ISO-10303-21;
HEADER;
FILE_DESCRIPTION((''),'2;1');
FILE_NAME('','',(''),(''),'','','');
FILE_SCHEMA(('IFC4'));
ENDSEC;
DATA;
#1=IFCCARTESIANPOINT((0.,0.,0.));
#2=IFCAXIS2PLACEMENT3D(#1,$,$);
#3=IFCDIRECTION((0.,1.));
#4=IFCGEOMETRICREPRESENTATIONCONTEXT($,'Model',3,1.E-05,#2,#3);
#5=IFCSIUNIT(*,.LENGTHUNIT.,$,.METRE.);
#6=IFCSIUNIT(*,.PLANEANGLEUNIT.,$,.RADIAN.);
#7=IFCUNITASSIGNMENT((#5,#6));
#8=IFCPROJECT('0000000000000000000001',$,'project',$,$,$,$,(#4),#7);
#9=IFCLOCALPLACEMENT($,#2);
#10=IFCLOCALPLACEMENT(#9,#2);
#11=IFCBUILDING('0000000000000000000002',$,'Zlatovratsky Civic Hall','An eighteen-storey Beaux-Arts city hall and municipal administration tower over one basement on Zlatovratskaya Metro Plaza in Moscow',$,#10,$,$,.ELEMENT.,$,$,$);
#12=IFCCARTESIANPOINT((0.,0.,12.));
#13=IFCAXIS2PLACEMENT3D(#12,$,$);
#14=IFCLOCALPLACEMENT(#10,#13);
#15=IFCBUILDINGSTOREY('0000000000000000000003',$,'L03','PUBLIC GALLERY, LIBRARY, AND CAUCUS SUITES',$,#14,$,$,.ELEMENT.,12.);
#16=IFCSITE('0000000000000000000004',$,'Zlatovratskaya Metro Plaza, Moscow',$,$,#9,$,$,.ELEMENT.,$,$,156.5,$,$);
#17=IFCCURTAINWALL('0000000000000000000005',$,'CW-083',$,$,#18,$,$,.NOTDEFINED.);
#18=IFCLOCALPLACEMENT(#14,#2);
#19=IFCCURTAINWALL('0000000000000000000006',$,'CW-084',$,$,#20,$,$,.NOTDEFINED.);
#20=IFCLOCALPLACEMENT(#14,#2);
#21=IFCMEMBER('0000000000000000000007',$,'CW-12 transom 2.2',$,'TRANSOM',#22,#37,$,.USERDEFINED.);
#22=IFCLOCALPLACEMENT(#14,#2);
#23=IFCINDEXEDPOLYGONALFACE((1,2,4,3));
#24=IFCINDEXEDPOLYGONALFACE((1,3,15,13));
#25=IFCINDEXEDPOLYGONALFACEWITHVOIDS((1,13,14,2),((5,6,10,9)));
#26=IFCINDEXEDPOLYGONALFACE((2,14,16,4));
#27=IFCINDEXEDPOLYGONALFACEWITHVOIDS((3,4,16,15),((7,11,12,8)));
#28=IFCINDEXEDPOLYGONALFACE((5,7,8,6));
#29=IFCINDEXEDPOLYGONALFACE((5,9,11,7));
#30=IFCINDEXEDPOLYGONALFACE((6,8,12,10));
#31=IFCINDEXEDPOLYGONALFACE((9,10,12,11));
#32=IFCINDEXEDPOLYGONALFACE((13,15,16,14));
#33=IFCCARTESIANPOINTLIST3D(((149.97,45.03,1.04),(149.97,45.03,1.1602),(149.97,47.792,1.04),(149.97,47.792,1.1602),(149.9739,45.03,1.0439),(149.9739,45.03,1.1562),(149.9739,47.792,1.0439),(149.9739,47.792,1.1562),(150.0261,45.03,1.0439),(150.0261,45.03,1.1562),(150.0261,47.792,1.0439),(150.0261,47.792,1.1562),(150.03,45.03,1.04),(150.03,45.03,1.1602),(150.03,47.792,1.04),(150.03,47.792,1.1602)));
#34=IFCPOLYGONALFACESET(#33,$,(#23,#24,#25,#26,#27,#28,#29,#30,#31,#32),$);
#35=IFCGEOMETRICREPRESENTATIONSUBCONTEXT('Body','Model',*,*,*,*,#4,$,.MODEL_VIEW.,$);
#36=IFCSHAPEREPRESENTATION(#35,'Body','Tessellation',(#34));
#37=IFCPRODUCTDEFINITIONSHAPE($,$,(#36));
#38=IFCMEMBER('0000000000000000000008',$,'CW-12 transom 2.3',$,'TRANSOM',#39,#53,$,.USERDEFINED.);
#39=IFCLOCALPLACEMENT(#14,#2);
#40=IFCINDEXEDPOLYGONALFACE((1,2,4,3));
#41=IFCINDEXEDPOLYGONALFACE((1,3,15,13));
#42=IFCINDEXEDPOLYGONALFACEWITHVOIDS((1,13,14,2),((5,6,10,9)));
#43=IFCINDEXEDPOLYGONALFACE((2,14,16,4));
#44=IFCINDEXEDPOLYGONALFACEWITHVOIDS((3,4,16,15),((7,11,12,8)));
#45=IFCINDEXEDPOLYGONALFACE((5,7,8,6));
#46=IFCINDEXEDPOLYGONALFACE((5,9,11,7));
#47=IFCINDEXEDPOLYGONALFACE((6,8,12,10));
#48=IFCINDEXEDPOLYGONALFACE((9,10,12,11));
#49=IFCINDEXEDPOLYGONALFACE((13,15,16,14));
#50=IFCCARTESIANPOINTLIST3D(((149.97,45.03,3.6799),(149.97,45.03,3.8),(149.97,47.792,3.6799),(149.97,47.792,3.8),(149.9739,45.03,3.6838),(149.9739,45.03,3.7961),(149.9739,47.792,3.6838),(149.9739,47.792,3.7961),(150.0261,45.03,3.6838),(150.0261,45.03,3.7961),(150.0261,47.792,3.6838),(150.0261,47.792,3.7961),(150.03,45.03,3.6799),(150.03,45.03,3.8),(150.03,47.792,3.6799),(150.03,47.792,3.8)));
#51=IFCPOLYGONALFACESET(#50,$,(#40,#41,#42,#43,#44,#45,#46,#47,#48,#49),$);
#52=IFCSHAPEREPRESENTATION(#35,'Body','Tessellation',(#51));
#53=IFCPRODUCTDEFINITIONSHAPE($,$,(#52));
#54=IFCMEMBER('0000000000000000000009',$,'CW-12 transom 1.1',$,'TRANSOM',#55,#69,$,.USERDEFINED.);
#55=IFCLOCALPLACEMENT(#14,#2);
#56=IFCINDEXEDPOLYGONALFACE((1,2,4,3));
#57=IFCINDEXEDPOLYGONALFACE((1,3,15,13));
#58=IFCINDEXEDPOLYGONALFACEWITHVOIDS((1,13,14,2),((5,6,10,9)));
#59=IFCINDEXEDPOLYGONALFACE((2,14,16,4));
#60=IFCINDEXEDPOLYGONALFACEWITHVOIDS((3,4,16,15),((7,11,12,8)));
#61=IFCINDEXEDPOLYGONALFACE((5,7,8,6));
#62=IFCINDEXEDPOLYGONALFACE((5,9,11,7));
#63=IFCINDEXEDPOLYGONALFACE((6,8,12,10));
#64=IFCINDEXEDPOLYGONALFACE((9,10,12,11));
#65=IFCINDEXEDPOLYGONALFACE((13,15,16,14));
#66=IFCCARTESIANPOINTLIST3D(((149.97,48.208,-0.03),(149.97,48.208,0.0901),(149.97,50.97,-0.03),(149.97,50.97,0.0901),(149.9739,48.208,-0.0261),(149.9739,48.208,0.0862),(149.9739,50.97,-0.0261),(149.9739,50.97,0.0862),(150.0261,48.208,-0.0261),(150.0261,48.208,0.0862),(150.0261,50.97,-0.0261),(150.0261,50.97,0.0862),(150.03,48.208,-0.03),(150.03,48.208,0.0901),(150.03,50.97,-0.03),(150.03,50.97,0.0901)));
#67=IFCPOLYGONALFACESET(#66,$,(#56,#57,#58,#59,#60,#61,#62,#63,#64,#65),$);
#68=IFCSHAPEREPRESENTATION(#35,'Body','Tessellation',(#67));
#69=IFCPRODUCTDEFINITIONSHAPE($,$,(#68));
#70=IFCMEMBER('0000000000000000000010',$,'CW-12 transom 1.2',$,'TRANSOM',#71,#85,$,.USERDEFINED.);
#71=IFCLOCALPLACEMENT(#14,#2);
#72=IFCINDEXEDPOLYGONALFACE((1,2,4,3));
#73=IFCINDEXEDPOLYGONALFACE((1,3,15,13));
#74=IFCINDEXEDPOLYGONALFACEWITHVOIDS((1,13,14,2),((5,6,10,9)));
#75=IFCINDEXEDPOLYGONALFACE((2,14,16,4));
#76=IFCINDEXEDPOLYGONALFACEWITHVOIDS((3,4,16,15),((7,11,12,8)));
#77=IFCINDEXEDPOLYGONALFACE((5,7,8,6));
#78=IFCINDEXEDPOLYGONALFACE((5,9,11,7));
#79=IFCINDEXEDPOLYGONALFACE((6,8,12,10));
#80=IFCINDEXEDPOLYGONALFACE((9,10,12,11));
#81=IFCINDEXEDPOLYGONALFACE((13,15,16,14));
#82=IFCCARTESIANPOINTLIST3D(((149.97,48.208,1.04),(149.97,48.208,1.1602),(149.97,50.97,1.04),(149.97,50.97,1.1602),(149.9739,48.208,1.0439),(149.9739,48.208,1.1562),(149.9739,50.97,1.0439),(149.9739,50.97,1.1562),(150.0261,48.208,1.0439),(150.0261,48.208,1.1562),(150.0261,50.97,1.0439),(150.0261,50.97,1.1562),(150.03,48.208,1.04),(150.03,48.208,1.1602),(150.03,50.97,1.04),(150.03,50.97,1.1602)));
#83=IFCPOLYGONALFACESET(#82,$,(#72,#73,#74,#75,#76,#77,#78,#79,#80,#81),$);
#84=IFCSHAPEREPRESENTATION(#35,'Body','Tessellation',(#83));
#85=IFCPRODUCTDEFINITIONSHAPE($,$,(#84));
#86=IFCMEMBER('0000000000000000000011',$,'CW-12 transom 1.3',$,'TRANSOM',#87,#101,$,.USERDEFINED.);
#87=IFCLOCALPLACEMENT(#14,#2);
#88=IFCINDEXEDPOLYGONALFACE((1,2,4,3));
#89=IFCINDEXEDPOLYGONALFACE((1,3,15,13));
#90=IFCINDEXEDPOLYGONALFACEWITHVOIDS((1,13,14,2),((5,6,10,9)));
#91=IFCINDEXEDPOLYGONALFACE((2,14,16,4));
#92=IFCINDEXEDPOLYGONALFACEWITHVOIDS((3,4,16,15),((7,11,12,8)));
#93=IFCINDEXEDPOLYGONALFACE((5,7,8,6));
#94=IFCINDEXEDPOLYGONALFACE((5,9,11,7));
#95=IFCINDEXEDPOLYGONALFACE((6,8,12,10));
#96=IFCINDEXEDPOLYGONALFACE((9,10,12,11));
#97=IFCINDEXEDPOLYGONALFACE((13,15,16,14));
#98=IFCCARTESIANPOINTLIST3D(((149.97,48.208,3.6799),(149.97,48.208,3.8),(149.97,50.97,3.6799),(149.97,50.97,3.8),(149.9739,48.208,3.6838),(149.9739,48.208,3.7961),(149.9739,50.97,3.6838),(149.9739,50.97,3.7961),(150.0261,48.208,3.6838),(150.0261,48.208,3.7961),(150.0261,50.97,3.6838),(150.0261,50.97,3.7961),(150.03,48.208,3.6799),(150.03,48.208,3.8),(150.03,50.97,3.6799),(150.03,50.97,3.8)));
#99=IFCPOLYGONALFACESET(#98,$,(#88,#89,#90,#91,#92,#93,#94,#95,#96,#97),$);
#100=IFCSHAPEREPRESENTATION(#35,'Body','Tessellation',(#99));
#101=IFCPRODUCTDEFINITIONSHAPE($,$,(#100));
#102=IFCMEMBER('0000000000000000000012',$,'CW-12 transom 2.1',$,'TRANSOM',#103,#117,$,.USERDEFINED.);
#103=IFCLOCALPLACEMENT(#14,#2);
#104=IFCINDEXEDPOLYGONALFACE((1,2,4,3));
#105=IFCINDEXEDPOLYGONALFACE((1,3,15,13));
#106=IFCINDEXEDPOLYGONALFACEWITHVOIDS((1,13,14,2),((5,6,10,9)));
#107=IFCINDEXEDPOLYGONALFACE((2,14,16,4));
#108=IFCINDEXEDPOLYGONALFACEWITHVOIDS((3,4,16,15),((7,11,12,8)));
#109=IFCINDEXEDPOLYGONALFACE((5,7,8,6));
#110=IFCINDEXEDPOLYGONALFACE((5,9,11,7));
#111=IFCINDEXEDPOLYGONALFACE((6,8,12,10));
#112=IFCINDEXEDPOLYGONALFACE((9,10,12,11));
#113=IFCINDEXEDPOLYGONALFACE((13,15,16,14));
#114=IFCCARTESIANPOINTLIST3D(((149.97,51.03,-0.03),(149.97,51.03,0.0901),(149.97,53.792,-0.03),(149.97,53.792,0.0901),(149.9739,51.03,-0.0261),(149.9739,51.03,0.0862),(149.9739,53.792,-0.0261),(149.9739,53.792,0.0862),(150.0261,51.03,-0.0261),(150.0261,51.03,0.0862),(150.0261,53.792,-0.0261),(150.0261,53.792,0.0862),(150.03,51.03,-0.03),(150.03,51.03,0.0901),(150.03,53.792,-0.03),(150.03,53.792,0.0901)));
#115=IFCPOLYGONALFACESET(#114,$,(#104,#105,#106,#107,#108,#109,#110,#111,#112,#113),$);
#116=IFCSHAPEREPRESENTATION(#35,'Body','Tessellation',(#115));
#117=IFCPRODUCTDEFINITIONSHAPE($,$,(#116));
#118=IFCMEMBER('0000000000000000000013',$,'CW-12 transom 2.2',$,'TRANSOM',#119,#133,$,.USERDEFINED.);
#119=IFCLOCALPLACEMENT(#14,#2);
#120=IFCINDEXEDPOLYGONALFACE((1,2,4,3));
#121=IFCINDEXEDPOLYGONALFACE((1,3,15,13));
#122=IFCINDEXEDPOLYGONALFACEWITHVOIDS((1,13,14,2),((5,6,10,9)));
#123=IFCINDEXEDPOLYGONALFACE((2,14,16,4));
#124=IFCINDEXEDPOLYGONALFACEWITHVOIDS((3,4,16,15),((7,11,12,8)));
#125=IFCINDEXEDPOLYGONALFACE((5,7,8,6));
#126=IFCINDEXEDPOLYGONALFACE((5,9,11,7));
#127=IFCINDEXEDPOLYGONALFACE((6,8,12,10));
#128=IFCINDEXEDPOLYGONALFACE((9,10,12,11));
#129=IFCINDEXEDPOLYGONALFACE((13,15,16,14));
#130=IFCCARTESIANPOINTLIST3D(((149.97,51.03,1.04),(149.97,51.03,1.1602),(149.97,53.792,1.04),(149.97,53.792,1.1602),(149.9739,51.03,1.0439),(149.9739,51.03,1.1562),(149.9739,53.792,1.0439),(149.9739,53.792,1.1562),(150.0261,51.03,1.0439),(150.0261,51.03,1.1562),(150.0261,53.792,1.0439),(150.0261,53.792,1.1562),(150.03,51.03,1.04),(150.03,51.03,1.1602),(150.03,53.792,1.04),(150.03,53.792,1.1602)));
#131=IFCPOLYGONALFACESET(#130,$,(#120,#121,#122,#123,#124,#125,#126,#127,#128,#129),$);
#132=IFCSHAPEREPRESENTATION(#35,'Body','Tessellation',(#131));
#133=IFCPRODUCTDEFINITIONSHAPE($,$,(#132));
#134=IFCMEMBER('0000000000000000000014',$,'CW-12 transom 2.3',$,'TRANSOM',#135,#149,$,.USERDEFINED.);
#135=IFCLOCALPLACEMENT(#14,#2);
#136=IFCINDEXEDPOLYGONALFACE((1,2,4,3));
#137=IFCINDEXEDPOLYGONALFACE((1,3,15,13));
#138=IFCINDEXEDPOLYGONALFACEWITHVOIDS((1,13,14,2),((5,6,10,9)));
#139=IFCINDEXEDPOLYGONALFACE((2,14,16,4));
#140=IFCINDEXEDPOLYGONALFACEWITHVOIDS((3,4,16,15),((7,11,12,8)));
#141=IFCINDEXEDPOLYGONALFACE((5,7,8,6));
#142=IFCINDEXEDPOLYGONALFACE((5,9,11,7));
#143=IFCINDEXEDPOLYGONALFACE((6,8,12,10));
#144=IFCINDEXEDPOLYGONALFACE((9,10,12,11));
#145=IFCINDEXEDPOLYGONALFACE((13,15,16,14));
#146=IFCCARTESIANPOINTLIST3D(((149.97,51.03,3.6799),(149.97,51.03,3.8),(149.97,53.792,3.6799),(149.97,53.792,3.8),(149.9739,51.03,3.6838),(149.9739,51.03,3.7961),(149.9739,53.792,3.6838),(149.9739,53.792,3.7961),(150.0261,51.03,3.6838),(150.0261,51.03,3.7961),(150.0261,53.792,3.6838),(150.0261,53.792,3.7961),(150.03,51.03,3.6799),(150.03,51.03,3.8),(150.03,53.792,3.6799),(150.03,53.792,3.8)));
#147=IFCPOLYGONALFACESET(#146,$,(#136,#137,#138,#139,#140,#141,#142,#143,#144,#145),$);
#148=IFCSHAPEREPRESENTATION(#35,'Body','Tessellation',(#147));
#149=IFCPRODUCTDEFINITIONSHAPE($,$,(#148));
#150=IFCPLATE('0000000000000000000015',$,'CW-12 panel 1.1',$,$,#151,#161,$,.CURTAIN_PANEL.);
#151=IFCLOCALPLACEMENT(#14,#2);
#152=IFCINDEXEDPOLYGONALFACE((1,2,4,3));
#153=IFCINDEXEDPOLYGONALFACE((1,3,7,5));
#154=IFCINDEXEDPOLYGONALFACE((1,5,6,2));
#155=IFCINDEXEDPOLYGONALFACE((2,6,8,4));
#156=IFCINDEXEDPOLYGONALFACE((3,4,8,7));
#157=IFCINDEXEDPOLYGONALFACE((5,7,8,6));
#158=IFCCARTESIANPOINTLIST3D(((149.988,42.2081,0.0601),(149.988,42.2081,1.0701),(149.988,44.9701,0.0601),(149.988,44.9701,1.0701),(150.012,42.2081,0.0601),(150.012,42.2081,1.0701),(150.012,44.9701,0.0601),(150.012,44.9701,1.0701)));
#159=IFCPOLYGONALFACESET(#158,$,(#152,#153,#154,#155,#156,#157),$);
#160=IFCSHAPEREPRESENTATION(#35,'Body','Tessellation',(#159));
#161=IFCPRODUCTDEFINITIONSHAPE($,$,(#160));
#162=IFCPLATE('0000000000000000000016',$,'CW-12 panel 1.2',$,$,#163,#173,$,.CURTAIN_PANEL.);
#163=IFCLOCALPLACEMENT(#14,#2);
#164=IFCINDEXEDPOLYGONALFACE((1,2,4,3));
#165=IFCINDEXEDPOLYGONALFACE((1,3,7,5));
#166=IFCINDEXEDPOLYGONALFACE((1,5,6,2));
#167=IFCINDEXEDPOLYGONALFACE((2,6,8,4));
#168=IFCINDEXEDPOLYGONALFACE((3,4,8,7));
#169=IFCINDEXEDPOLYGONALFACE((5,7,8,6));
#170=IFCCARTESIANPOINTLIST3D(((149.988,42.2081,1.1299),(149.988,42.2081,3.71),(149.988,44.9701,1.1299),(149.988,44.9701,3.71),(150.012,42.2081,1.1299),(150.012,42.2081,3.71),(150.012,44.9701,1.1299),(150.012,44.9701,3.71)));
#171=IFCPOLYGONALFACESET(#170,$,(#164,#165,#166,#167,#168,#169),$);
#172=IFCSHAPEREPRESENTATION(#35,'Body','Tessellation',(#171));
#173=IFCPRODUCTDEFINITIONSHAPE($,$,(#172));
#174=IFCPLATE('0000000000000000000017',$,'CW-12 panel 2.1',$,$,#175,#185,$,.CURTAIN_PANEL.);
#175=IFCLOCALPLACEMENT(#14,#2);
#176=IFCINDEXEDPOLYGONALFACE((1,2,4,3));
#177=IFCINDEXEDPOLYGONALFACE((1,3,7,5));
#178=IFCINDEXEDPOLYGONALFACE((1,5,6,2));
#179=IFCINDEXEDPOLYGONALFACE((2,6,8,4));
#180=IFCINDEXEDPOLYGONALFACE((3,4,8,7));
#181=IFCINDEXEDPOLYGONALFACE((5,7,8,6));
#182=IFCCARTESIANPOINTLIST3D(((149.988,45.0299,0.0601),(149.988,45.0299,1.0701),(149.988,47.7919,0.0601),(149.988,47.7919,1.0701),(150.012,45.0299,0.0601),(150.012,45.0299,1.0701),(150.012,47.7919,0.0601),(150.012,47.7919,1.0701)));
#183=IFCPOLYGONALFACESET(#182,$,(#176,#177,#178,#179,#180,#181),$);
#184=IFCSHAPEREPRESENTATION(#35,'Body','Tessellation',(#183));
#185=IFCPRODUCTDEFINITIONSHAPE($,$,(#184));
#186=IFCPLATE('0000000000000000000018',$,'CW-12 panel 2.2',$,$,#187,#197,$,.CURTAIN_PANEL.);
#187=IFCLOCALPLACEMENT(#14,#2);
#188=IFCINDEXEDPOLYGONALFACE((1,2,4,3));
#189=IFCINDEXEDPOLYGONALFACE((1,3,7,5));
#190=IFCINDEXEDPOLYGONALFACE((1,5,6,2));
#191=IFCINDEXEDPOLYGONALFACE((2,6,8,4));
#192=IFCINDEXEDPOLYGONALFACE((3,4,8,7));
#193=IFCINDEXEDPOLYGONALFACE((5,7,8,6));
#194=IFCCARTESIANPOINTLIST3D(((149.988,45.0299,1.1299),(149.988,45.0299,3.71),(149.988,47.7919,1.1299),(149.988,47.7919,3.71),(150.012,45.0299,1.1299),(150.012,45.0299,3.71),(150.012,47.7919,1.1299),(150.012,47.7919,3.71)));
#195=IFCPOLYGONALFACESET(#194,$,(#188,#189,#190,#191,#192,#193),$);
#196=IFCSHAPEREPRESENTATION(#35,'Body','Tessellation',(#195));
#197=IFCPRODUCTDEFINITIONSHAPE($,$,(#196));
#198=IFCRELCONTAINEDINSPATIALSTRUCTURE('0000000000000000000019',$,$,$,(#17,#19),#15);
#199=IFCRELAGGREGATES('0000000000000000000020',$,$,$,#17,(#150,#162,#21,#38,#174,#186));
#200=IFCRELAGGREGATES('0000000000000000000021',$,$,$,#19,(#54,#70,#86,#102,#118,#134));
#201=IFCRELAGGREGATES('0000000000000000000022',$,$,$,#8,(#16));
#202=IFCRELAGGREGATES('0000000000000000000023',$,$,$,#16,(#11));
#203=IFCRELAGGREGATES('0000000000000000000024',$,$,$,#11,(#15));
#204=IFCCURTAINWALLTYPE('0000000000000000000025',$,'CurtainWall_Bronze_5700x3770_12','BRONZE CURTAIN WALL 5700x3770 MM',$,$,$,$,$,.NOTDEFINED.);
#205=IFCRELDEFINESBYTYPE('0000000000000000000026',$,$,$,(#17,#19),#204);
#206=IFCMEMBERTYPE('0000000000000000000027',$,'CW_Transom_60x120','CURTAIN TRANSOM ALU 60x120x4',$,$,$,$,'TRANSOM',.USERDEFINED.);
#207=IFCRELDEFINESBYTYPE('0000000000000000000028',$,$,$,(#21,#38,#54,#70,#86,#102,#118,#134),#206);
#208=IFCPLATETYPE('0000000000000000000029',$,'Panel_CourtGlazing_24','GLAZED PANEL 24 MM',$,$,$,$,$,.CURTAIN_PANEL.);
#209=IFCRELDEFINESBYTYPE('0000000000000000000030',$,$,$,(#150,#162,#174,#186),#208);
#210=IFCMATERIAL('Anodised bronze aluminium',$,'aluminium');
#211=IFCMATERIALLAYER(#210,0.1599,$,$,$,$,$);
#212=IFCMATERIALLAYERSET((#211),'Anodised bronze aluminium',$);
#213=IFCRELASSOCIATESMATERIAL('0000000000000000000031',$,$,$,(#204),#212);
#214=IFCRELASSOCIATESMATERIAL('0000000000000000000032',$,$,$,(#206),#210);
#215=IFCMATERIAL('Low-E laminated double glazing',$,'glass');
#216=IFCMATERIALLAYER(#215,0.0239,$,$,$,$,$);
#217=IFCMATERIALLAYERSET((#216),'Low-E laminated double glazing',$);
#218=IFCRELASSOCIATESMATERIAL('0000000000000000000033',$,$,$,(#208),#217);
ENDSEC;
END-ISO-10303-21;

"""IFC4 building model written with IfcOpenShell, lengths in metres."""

from ifc_helpers import new_model, si_unit, direction, frame, origin, origin_2d, place, context, subcontext, project, spatial, rectangle, hollow_rectangle, extrude, material, layer, layer_set, material_profile, profile_set, type_object, element, aggregate, save


model = new_model("IFC4")

# Units and contexts
model_context = context("Model", 3, precision=1e-05, world=origin(), true_north=direction((0.0, 1.0)))
body_context = subcontext(model_context, "Body", "Model", "MODEL_VIEW")
ifc_project = project(units=[si_unit("LENGTHUNIT", "METRE"), si_unit("PLANEANGLEUNIT", "RADIAN")], contexts=[model_context])

# Site, building, storey
site_placement = place(None, origin())
site = spatial("IfcSite", under=ifc_project, at=site_placement, Name="Zlatovratskaya Metro Plaza, Moscow", CompositionType="ELEMENT", RefElevation=156.5)
building_placement = place(site_placement, origin())
building = spatial("IfcBuilding", under=site, at=building_placement, Name="Zlatovratsky Civic Hall", Description="An eighteen-storey Beaux-Arts city hall and municipal administration tower over one basement on Zlatovratskaya Metro Plaza in Moscow", CompositionType="ELEMENT")
storey_placement = place(building_placement, frame((0.0, 0.0, 12.0)))
storey = spatial("IfcBuildingStorey", under=building, at=storey_placement, Name="L03", Description="PUBLIC GALLERY, LIBRARY, AND CAUCUS SUITES", CompositionType="ELEMENT", Elevation=12.0)

# Curtain walls
ifc_material_1 = material(Name="Anodised bronze aluminium", Category="aluminium")
ifc_layer_1 = layer(ifc_material_1, 0.1599)
ifc_layer_set_1 = layer_set([ifc_layer_1], Name="Anodised bronze aluminium")
curtain_wall_type = type_object("IfcCurtainWallType", Name="CurtainWall_Bronze_5700x3770_12", Description="BRONZE CURTAIN WALL 5700x3770 MM", PredefinedType="NOTDEFINED", material=ifc_layer_set_1)
curtain_wall_1_placement = place(storey_placement, origin())
curtain_wall_1 = element("IfcCurtainWall", 1, at=curtain_wall_1_placement, inside=storey, type_object=curtain_wall_type, Name="CW-083", PredefinedType="NOTDEFINED")
curtain_wall_2_placement = place(storey_placement, origin())
curtain_wall_2 = element("IfcCurtainWall", 2, at=curtain_wall_2_placement, inside=storey, type_object=curtain_wall_type, Name="CW-084", PredefinedType="NOTDEFINED")

# Members
ifc_material_profile_1 = material_profile(ifc_material_1, hollow_rectangle(XDim=0.0601, YDim=0.1201, WallThickness=0.0039, at=origin_2d()), Name="ALU 60x120x4")
ifc_profile_set_1 = profile_set([ifc_material_profile_1], Name="Anodised bronze aluminium")
member_type_1 = type_object("IfcMemberType", Name="CW_Transom_60x120", Description="CURTAIN TRANSOM ALU 60x120x4", ElementType="TRANSOM", PredefinedType="USERDEFINED", material=ifc_profile_set_1)
member_1_placement = place(storey_placement, frame((150.0, 45.03, 1.1001), z_axis=(0.0, 1.0, 0.0), x_axis=(-1.0, 0.0, 0.0)))
member_1 = element("IfcMember", 3, at=member_1_placement, type_object=member_type_1, Name="CW-12 transom 2.2", ObjectType="TRANSOM", PredefinedType="USERDEFINED", context=body_context, shape_type="SweptSolid", body=[
    extrude(hollow_rectangle(XDim=0.0601, YDim=0.1201, WallThickness=0.0039, at=origin_2d()), origin(), (0.0, 0.0, 1.0), 2.762),
])
member_2_placement = place(storey_placement, frame((150.0, 45.03, 3.74), z_axis=(0.0, 1.0, 0.0), x_axis=(-1.0, 0.0, 0.0)))
member_2 = element("IfcMember", 4, at=member_2_placement, type_object=member_type_1, Name="CW-12 transom 2.3", ObjectType="TRANSOM", PredefinedType="USERDEFINED", context=body_context, shape_type="SweptSolid", body=[
    extrude(hollow_rectangle(XDim=0.0601, YDim=0.1201, WallThickness=0.0039, at=origin_2d()), origin(), (0.0, 0.0, 1.0), 2.762),
])
member_3_placement = place(storey_placement, frame((150.0, 48.208, 0.03), z_axis=(0.0, 1.0, 0.0), x_axis=(-1.0, 0.0, 0.0)))
member_3 = element("IfcMember", 5, at=member_3_placement, type_object=member_type_1, Name="CW-12 transom 1.1", ObjectType="TRANSOM", PredefinedType="USERDEFINED", context=body_context, shape_type="SweptSolid", body=[
    extrude(hollow_rectangle(XDim=0.0601, YDim=0.1201, WallThickness=0.0039, at=origin_2d()), origin(), (0.0, 0.0, 1.0), 2.762),
])
member_4_placement = place(storey_placement, frame((150.0, 48.208, 1.1001), z_axis=(0.0, 1.0, 0.0), x_axis=(-1.0, 0.0, 0.0)))
member_4 = element("IfcMember", 6, at=member_4_placement, type_object=member_type_1, Name="CW-12 transom 1.2", ObjectType="TRANSOM", PredefinedType="USERDEFINED", context=body_context, shape_type="SweptSolid", body=[
    extrude(hollow_rectangle(XDim=0.0601, YDim=0.1201, WallThickness=0.0039, at=origin_2d()), origin(), (0.0, 0.0, 1.0), 2.762),
])
member_5_placement = place(storey_placement, frame((150.0, 48.208, 3.74), z_axis=(0.0, 1.0, 0.0), x_axis=(-1.0, 0.0, 0.0)))
member_5 = element("IfcMember", 7, at=member_5_placement, type_object=member_type_1, Name="CW-12 transom 1.3", ObjectType="TRANSOM", PredefinedType="USERDEFINED", context=body_context, shape_type="SweptSolid", body=[
    extrude(hollow_rectangle(XDim=0.0601, YDim=0.1201, WallThickness=0.0039, at=origin_2d()), origin(), (0.0, 0.0, 1.0), 2.762),
])
member_6_placement = place(storey_placement, frame((150.0, 51.03, 0.03), z_axis=(0.0, 1.0, 0.0), x_axis=(-1.0, 0.0, 0.0)))
member_6 = element("IfcMember", 8, at=member_6_placement, type_object=member_type_1, Name="CW-12 transom 2.1", ObjectType="TRANSOM", PredefinedType="USERDEFINED", context=body_context, shape_type="SweptSolid", body=[
    extrude(hollow_rectangle(XDim=0.0601, YDim=0.1201, WallThickness=0.0039, at=origin_2d()), origin(), (0.0, 0.0, 1.0), 2.762),
])
member_7_placement = place(storey_placement, frame((150.0, 51.03, 1.1001), z_axis=(0.0, 1.0, 0.0), x_axis=(-1.0, 0.0, 0.0)))
member_7 = element("IfcMember", 9, at=member_7_placement, type_object=member_type_1, Name="CW-12 transom 2.2", ObjectType="TRANSOM", PredefinedType="USERDEFINED", context=body_context, shape_type="SweptSolid", body=[
    extrude(hollow_rectangle(XDim=0.0601, YDim=0.1201, WallThickness=0.0039, at=origin_2d()), origin(), (0.0, 0.0, 1.0), 2.762),
])
member_8_placement = place(storey_placement, frame((150.0, 51.03, 3.74), z_axis=(0.0, 1.0, 0.0), x_axis=(-1.0, 0.0, 0.0)))
member_8 = element("IfcMember", 10, at=member_8_placement, type_object=member_type_1, Name="CW-12 transom 2.3", ObjectType="TRANSOM", PredefinedType="USERDEFINED", context=body_context, shape_type="SweptSolid", body=[
    extrude(hollow_rectangle(XDim=0.0601, YDim=0.1201, WallThickness=0.0039, at=origin_2d()), origin(), (0.0, 0.0, 1.0), 2.762),
])

# Plates
ifc_material_2 = material(Name="Low-E laminated double glazing", Category="glass")
ifc_layer_2 = layer(ifc_material_2, 0.0239)
ifc_layer_set_2 = layer_set([ifc_layer_2], Name="Low-E laminated double glazing")
plate_type = type_object("IfcPlateType", Name="Panel_CourtGlazing_24", Description="GLAZED PANEL 24 MM", PredefinedType="CURTAIN_PANEL", material=ifc_layer_set_2)
plate_1_placement = place(storey_placement, frame((150.0, 43.5891, 0.0601), z_axis=(0.0, 0.0, 1.0), x_axis=(0.0, 1.0, 0.0)))
plate_1 = element("IfcPlate", 11, at=plate_1_placement, type_object=plate_type, Name="CW-12 panel 1.1", PredefinedType="CURTAIN_PANEL", context=body_context, shape_type="SweptSolid", body=[
    extrude(rectangle(XDim=2.762, YDim=0.0239, at=origin_2d()), origin(), (0.0, 0.0, 1.0), 1.01),
])
plate_2_placement = place(storey_placement, frame((150.0, 43.5891, 1.1299), z_axis=(0.0, 0.0, 1.0), x_axis=(0.0, 1.0, 0.0)))
plate_2 = element("IfcPlate", 12, at=plate_2_placement, type_object=plate_type, Name="CW-12 panel 1.2", PredefinedType="CURTAIN_PANEL", context=body_context, shape_type="SweptSolid", body=[
    extrude(rectangle(XDim=2.762, YDim=0.0239, at=origin_2d()), origin(), (0.0, 0.0, 1.0), 2.5801),
])
plate_3_placement = place(storey_placement, frame((150.0, 46.4109, 0.0601), z_axis=(0.0, 0.0, 1.0), x_axis=(0.0, 1.0, 0.0)))
plate_3 = element("IfcPlate", 13, at=plate_3_placement, type_object=plate_type, Name="CW-12 panel 2.1", PredefinedType="CURTAIN_PANEL", context=body_context, shape_type="SweptSolid", body=[
    extrude(rectangle(XDim=2.762, YDim=0.0239, at=origin_2d()), origin(), (0.0, 0.0, 1.0), 1.01),
])
plate_4_placement = place(storey_placement, frame((150.0, 46.4109, 1.1299), z_axis=(0.0, 0.0, 1.0), x_axis=(0.0, 1.0, 0.0)))
plate_4 = element("IfcPlate", 14, at=plate_4_placement, type_object=plate_type, Name="CW-12 panel 2.2", PredefinedType="CURTAIN_PANEL", context=body_context, shape_type="SweptSolid", body=[
    extrude(rectangle(XDim=2.762, YDim=0.0239, at=origin_2d()), origin(), (0.0, 0.0, 1.0), 2.5801),
])
aggregate(curtain_wall_1, [plate_1, plate_2, member_1, member_2, plate_3, plate_4])
aggregate(curtain_wall_2, [member_3, member_4, member_5, member_6, member_7, member_8])

save(model, "model.ifc")
